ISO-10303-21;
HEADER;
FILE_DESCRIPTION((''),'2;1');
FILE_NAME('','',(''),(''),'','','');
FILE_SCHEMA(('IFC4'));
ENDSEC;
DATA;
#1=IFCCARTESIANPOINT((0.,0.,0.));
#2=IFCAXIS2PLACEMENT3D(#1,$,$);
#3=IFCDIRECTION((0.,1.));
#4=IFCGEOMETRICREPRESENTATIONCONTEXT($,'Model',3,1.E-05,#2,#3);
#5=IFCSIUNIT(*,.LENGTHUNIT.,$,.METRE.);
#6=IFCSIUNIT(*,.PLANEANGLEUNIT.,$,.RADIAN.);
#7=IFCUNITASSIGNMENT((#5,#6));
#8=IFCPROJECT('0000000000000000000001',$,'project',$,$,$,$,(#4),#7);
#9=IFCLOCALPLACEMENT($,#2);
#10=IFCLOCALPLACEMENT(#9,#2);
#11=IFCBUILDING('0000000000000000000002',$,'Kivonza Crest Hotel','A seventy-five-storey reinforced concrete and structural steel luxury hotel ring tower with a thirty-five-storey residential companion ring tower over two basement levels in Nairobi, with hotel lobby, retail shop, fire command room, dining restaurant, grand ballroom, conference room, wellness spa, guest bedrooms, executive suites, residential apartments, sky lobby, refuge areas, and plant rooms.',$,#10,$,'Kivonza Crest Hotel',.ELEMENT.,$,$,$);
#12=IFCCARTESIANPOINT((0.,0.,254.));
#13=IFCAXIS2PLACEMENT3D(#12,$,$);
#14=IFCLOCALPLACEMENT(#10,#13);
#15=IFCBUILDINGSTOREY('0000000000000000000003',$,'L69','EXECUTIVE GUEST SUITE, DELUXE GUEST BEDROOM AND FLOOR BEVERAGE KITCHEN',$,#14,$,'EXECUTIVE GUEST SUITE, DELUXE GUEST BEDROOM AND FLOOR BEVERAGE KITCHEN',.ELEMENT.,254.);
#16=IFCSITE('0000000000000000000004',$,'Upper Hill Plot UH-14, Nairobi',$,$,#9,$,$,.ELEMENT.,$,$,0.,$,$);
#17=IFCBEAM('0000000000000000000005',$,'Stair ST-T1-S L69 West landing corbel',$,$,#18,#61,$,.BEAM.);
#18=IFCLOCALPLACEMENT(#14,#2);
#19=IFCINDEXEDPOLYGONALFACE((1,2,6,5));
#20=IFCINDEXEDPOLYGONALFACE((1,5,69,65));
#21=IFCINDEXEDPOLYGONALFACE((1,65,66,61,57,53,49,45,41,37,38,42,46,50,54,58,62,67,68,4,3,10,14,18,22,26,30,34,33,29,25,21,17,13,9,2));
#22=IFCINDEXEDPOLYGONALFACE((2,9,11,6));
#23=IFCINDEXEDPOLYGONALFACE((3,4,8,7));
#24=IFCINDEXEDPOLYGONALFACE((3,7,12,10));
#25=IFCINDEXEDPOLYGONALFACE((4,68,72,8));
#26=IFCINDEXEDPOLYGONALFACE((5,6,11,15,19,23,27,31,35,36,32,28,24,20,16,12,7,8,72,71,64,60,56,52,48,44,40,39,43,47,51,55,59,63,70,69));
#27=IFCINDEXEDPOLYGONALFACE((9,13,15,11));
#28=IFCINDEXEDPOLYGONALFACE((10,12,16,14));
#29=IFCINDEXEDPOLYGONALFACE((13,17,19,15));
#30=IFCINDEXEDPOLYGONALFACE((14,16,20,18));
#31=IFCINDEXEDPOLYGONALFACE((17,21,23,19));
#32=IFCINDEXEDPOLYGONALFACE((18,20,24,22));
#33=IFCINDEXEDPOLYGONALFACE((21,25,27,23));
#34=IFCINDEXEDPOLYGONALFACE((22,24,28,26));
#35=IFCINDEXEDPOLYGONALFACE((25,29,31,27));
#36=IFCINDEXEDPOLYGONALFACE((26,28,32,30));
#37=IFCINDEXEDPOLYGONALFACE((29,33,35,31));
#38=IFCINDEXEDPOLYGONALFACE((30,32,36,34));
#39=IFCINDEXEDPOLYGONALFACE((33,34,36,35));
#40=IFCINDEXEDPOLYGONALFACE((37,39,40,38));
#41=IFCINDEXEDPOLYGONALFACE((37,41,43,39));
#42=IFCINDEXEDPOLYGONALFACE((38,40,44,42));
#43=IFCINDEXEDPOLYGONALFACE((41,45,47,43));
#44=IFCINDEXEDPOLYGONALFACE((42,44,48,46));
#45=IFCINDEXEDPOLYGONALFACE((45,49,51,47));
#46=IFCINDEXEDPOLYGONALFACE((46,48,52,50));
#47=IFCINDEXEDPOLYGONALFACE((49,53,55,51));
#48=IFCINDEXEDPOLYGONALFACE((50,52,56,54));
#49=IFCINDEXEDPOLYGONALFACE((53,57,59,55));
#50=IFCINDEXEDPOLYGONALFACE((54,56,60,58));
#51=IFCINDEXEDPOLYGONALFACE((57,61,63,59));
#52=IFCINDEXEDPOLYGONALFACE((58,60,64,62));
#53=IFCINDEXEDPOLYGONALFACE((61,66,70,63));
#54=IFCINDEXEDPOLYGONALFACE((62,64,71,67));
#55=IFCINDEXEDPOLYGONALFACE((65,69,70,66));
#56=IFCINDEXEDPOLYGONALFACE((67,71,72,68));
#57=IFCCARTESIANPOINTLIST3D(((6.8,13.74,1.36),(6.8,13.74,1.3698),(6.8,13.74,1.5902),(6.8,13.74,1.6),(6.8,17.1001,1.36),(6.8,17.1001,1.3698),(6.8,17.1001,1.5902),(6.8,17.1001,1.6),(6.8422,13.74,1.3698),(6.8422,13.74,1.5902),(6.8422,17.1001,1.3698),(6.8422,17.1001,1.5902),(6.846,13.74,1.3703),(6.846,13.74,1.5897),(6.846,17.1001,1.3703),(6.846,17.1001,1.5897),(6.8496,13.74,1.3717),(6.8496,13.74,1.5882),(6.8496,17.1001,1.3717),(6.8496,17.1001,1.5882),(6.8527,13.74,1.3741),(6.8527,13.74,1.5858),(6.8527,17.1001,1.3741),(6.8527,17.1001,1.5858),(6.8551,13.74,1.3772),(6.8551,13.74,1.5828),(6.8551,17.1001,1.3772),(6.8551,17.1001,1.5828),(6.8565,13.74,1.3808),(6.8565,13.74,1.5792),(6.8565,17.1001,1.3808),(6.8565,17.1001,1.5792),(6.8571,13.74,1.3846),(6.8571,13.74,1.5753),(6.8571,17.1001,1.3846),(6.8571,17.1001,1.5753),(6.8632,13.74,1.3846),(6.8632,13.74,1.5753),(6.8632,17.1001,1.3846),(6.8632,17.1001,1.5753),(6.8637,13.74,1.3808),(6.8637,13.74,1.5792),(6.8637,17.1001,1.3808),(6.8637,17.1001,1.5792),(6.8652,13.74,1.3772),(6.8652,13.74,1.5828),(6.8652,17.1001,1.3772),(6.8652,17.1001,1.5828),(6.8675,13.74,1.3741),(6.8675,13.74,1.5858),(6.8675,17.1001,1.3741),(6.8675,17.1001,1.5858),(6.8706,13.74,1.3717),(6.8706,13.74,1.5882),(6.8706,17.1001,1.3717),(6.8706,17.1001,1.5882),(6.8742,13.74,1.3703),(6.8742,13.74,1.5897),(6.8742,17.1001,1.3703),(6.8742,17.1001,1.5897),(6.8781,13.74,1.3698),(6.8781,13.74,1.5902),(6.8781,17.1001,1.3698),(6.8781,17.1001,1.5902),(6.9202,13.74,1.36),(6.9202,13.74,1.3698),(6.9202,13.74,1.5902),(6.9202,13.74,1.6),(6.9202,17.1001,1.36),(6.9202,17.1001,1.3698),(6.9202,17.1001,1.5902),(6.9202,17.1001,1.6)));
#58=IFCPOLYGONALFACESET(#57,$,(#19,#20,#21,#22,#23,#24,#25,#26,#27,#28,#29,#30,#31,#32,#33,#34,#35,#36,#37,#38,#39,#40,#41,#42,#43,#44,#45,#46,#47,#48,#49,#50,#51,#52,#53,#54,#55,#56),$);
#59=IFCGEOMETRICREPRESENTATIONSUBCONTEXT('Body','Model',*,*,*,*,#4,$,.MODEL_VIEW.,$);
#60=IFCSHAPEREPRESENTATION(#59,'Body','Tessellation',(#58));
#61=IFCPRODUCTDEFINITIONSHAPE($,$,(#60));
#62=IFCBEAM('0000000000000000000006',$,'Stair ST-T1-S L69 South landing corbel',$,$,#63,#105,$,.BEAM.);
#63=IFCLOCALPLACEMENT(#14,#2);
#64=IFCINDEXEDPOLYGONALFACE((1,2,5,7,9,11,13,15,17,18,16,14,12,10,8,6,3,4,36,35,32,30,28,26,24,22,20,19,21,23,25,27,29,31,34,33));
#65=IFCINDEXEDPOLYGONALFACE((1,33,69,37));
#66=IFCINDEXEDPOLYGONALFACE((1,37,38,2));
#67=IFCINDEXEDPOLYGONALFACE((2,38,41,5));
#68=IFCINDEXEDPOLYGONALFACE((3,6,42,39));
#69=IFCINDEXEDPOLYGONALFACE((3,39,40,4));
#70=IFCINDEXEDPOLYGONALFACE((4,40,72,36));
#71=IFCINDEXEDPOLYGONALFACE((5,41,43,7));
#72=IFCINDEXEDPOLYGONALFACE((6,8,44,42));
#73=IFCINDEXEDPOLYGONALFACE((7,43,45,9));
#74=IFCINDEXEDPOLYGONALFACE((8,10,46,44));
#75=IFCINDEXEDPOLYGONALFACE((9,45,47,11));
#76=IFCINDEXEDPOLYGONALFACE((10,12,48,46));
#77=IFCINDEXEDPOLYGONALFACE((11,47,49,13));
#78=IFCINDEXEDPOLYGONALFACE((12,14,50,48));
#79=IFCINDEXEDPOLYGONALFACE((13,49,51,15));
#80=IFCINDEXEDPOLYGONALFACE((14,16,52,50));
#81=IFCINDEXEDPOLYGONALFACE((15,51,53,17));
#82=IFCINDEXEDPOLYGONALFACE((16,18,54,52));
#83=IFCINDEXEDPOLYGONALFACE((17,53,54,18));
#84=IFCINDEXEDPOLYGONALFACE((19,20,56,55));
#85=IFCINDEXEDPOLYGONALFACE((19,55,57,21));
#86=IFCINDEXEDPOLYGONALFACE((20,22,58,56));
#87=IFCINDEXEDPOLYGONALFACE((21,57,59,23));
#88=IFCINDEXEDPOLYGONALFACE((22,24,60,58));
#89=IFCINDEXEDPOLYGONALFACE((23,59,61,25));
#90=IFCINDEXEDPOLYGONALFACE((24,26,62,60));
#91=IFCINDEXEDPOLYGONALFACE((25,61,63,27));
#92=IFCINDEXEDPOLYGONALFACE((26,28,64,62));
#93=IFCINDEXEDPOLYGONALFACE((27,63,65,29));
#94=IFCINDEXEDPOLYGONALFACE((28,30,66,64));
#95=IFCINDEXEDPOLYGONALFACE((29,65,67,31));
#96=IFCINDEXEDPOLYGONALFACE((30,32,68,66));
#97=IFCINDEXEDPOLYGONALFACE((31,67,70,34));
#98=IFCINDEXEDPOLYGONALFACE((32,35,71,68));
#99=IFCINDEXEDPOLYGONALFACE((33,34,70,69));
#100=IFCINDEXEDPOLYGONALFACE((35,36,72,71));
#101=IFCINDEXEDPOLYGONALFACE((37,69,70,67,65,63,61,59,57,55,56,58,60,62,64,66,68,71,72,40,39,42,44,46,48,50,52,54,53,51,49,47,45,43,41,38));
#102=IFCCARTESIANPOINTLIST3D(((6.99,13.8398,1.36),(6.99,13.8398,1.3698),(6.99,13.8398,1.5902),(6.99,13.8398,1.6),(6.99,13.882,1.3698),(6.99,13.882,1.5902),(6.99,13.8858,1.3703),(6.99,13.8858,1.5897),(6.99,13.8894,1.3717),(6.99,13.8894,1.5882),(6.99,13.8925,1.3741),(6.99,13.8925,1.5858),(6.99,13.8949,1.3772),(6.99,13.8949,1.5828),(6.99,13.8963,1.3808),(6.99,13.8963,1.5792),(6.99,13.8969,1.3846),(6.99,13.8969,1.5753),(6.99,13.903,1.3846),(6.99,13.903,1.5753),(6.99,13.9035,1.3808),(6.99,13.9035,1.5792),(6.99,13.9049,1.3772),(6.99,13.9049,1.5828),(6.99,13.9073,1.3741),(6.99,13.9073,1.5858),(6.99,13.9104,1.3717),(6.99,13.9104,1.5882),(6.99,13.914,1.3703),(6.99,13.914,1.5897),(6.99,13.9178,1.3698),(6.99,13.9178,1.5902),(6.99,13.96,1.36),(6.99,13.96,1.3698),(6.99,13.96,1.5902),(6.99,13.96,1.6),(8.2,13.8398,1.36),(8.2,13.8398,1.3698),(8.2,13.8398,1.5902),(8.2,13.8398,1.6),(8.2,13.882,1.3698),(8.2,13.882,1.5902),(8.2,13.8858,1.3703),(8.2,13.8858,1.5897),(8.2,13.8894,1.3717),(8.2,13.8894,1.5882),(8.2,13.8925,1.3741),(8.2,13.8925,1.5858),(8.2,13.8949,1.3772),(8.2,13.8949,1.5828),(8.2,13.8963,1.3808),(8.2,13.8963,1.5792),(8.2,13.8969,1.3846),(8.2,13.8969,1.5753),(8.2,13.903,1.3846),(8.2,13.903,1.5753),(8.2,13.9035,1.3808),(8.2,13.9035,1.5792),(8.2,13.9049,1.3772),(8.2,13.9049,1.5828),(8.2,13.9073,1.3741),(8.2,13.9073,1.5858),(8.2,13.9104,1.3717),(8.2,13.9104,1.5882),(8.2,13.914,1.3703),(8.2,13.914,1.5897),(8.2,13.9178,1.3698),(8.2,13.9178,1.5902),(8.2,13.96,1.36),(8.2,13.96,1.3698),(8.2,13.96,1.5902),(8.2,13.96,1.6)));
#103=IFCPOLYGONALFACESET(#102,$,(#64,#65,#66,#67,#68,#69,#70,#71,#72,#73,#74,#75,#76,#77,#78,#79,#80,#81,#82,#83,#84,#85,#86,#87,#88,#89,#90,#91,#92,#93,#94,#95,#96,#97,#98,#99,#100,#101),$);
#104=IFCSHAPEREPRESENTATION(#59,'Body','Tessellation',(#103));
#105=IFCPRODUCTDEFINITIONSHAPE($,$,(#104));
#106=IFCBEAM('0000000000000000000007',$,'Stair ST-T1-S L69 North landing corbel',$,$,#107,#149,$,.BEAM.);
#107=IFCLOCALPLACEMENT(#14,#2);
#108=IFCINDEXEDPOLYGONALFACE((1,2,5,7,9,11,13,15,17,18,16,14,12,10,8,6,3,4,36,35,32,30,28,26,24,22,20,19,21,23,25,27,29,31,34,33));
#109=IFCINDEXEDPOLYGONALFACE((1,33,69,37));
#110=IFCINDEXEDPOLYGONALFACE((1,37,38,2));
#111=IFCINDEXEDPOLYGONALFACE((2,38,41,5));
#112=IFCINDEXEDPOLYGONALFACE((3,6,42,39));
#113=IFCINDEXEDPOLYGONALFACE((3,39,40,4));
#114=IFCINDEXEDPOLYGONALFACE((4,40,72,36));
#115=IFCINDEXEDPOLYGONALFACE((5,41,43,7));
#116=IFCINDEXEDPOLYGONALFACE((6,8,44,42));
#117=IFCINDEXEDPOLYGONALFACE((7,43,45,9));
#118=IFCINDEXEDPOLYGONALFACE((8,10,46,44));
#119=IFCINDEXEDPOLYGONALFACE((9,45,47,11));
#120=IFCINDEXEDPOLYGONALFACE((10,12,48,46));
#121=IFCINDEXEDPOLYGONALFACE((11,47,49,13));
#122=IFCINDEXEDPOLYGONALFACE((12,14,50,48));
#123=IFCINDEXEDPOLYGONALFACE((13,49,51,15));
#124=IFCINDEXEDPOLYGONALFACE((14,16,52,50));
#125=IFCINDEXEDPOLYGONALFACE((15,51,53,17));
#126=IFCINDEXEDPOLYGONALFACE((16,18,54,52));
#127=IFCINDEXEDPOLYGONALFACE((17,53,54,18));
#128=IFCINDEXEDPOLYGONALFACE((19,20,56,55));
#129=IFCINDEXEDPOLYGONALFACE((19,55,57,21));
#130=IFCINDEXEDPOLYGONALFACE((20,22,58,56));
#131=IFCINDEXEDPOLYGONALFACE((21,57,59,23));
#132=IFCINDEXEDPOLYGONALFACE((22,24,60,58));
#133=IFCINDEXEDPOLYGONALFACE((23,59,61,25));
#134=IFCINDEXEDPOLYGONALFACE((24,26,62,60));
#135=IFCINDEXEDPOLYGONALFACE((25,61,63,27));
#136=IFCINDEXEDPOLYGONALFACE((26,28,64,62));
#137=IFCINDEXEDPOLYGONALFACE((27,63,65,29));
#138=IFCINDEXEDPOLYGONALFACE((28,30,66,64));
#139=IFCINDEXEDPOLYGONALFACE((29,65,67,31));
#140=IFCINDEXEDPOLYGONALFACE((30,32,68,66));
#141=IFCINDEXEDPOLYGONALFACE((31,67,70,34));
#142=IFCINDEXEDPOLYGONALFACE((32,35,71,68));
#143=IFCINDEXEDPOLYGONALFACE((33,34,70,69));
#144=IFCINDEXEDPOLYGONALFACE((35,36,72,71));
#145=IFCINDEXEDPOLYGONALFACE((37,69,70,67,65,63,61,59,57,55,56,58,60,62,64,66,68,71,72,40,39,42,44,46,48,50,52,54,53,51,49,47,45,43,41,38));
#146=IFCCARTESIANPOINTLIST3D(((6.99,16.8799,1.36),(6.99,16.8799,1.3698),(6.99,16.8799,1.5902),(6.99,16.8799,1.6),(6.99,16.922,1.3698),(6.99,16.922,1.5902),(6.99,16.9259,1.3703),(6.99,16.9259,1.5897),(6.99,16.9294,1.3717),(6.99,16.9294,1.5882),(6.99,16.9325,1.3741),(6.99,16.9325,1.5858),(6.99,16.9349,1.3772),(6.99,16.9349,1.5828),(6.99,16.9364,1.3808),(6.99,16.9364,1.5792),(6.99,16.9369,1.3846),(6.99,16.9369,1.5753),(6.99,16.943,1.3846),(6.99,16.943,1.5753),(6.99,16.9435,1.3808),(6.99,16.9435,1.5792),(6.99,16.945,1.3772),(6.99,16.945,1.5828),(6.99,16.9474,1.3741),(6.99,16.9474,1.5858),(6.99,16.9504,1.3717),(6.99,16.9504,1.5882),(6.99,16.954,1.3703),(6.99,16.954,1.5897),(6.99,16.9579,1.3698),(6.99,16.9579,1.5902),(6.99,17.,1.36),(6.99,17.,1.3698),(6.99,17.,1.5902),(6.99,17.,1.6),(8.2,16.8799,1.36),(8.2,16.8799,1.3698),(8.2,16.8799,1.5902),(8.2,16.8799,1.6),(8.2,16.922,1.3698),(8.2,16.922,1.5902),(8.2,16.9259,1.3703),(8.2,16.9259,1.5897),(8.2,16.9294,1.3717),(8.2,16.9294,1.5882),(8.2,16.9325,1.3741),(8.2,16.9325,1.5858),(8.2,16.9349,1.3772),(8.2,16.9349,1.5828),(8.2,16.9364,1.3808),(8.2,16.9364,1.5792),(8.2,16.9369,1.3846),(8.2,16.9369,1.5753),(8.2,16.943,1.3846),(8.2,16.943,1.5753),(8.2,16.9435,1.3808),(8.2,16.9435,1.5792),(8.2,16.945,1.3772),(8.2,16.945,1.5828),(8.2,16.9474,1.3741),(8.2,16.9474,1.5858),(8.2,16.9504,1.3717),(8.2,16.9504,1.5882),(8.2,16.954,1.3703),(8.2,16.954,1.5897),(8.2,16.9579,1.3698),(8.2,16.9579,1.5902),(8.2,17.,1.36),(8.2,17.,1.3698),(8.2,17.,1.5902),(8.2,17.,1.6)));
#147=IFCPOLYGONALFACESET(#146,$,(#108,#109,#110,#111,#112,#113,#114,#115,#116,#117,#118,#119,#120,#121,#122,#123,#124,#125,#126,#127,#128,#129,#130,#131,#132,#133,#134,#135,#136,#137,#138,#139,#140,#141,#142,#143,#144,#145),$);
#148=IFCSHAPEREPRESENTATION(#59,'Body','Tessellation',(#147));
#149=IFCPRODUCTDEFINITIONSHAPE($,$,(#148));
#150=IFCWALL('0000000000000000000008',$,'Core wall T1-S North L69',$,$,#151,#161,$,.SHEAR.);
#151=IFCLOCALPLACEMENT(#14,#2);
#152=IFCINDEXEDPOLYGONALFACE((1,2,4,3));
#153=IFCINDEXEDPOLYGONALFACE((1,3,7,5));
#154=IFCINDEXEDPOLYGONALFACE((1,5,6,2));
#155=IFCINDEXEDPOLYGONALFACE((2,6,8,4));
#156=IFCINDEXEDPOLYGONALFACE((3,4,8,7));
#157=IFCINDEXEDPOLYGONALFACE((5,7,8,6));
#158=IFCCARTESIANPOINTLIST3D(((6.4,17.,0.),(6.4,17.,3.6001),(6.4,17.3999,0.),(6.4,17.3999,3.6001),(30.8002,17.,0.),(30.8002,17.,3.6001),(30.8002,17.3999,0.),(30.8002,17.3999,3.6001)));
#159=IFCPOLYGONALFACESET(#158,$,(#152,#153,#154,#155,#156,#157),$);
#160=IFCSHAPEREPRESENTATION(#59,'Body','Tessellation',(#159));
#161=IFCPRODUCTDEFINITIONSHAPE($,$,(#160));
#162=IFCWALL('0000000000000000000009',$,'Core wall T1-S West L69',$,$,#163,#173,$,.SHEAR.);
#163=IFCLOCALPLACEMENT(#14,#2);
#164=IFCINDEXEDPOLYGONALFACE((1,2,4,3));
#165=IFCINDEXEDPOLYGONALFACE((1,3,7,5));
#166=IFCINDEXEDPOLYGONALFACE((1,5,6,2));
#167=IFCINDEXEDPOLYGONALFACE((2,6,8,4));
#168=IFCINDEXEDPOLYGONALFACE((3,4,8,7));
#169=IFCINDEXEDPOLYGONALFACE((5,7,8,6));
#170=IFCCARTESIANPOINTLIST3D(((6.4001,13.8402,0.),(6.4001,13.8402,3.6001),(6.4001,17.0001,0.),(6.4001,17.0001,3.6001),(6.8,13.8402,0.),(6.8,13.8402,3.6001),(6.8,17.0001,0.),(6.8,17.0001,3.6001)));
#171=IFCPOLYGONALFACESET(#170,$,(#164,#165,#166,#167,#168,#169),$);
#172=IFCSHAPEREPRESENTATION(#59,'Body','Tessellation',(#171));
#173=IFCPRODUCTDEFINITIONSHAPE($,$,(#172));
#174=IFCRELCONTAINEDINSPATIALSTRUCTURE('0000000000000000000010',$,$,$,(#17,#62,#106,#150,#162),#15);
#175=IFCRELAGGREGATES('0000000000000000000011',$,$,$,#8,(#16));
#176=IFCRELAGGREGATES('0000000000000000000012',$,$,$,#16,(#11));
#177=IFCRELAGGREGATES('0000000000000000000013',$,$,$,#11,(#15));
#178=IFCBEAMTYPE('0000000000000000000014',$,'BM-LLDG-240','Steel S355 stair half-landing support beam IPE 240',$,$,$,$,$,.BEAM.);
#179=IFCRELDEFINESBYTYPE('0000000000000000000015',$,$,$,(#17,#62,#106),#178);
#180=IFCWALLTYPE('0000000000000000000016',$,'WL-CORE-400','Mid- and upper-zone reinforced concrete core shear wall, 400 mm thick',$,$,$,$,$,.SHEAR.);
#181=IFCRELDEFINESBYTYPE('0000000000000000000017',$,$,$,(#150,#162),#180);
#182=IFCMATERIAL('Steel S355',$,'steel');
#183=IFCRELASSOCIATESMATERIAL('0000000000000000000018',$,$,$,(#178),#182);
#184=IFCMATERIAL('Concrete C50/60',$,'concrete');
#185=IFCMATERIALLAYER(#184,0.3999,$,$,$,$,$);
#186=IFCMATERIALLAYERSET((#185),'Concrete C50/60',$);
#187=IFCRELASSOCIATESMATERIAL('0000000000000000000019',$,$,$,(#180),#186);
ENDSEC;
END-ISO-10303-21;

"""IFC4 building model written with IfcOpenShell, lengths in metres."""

from ifc_helpers import new_model, si_unit, direction, frame, frame_2d, origin, origin_2d, place, context, subcontext, project, spatial, rectangle, i_section, extrude, material, layer, layer_set, material_profile, profile_set, type_object, element, save


model = new_model("IFC4")

# Units and contexts
model_context = context("Model", 3, precision=1e-05, world=origin(), true_north=direction((0.0, 1.0)))
body_context = subcontext(model_context, "Body", "Model", "MODEL_VIEW")
ifc_project = project(units=[si_unit("LENGTHUNIT", "METRE"), si_unit("PLANEANGLEUNIT", "RADIAN")], contexts=[model_context])

# Site, building, storey
site_placement = place(None, origin())
site = spatial("IfcSite", under=ifc_project, at=site_placement, Name="Upper Hill Plot UH-14, Nairobi", CompositionType="ELEMENT", RefElevation=0.0)
building_placement = place(site_placement, origin())
building = spatial("IfcBuilding", under=site, at=building_placement, Name="Kivonza Crest Hotel", Description="A seventy-five-storey reinforced concrete and structural steel luxury hotel ring tower with a thirty-five-storey residential companion ring tower over two basement levels in Nairobi, with hotel lobby, retail shop, fire command room, dining restaurant, grand ballroom, conference room, wellness spa, guest bedrooms, executive suites, residential apartments, sky lobby, refuge areas, and plant rooms.", LongName="Kivonza Crest Hotel", CompositionType="ELEMENT")
storey_placement = place(building_placement, frame((0.0, 0.0, 254.0)))
storey = spatial("IfcBuildingStorey", under=building, at=storey_placement, Name="L69", Description="EXECUTIVE GUEST SUITE, DELUXE GUEST BEDROOM AND FLOOR BEVERAGE KITCHEN", LongName="EXECUTIVE GUEST SUITE, DELUXE GUEST BEDROOM AND FLOOR BEVERAGE KITCHEN", CompositionType="ELEMENT", Elevation=254.0)

# Beams
ifc_material_1 = material(Name="Steel S355", Category="steel")
ifc_material_profile = material_profile(ifc_material_1, i_section(OverallWidth=0.1201, OverallDepth=0.24, WebThickness=0.0061, FlangeThickness=0.0098, FilletRadius=0.0149, at=origin_2d()), Name="IPE 240")
ifc_profile_set = profile_set([ifc_material_profile], Name="Steel S355")
beam_type = type_object("IfcBeamType", Name="BM-LLDG-240", Description="Steel S355 stair half-landing support beam IPE 240", PredefinedType="BEAM", material=ifc_profile_set)
beam_placement = place(storey_placement, frame((6.8601, 13.74, 1.48), z_axis=(0.0, 1.0, 0.0), x_axis=(-1.0, 0.0, 0.0)))
element("IfcBeam", 1, at=beam_placement, inside=storey, type_object=beam_type, Name="Stair ST-T1-S L69 West landing corbel", PredefinedType="BEAM", context=body_context, shape_type="SweptSolid", body=[
    extrude(i_section(OverallWidth=0.1201, OverallDepth=0.24, WebThickness=0.0061, FlangeThickness=0.0098, FilletRadius=0.0149, at=origin_2d()), origin(), (0.0, 0.0, 1.0), 3.3601),
])
for number, where, z_axis, x_axis, name in (
    (2, (6.99, 13.8999, 1.48), (1.0, 0.0, 0.0), (0.0, 1.0, 0.0), "Stair ST-T1-S L69 South landing corbel"),
    (3, (6.99, 16.9399, 1.48), (1.0, 0.0, 0.0), (0.0, 1.0, 0.0), "Stair ST-T1-S L69 North landing corbel"),
):
    element("IfcBeam", number, at=place(storey_placement, frame(where, z_axis=z_axis, x_axis=x_axis)), inside=storey, type_object=beam_type, Name=name, PredefinedType="BEAM", context=body_context, shape_type="SweptSolid", body=[
        extrude(i_section(OverallWidth=0.1201, OverallDepth=0.24, WebThickness=0.0061, FlangeThickness=0.0098, FilletRadius=0.0149, at=origin_2d()), origin(), (0.0, 0.0, 1.0), 1.21),
    ])

# Shared definitions
ifc_material_2 = material(Name="Concrete C50/60", Category="concrete")
ifc_layer_1 = layer(ifc_material_2, 0.3999)
ifc_layer_set_1 = layer_set([ifc_layer_1], Name="Concrete C50/60")
wall_type_1 = type_object("IfcWallType", Name="WL-CORE-400", Description="Mid- and upper-zone reinforced concrete core shear wall, 400 mm thick", PredefinedType="SHEAR", material=ifc_layer_set_1)

# Walls
wall_1_placement = place(storey_placement, frame((6.3999, 17.2, 0.0), z_axis=(0.0, 0.0, 1.0), x_axis=(1.0, 0.0, 0.0)))
element("IfcWall", 4, at=wall_1_placement, inside=storey, type_object=wall_type_1, Name="Core wall T1-S North L69", PredefinedType="SHEAR", context=body_context, shape_type="SweptSolid", body=[
    extrude(rectangle(XDim=24.4001, YDim=0.3999, at=frame_2d((12.2002, 0.0))), origin(), (0.0, 0.0, 1.0), 3.6001),
])
wall_2_placement = place(storey_placement, frame((6.6001, 13.8401, 0.0), z_axis=(0.0, 0.0, 1.0), x_axis=(0.0, 1.0, 0.0)))
element("IfcWall", 5, at=wall_2_placement, inside=storey, type_object=wall_type_1, Name="Core wall T1-S West L69", PredefinedType="SHEAR", context=body_context, shape_type="SweptSolid", body=[
    extrude(rectangle(XDim=3.1599, YDim=0.3999, at=frame_2d((1.5801, 0.0))), origin(), (0.0, 0.0, 1.0), 3.6001),
])

save(model, "model.ifc")
